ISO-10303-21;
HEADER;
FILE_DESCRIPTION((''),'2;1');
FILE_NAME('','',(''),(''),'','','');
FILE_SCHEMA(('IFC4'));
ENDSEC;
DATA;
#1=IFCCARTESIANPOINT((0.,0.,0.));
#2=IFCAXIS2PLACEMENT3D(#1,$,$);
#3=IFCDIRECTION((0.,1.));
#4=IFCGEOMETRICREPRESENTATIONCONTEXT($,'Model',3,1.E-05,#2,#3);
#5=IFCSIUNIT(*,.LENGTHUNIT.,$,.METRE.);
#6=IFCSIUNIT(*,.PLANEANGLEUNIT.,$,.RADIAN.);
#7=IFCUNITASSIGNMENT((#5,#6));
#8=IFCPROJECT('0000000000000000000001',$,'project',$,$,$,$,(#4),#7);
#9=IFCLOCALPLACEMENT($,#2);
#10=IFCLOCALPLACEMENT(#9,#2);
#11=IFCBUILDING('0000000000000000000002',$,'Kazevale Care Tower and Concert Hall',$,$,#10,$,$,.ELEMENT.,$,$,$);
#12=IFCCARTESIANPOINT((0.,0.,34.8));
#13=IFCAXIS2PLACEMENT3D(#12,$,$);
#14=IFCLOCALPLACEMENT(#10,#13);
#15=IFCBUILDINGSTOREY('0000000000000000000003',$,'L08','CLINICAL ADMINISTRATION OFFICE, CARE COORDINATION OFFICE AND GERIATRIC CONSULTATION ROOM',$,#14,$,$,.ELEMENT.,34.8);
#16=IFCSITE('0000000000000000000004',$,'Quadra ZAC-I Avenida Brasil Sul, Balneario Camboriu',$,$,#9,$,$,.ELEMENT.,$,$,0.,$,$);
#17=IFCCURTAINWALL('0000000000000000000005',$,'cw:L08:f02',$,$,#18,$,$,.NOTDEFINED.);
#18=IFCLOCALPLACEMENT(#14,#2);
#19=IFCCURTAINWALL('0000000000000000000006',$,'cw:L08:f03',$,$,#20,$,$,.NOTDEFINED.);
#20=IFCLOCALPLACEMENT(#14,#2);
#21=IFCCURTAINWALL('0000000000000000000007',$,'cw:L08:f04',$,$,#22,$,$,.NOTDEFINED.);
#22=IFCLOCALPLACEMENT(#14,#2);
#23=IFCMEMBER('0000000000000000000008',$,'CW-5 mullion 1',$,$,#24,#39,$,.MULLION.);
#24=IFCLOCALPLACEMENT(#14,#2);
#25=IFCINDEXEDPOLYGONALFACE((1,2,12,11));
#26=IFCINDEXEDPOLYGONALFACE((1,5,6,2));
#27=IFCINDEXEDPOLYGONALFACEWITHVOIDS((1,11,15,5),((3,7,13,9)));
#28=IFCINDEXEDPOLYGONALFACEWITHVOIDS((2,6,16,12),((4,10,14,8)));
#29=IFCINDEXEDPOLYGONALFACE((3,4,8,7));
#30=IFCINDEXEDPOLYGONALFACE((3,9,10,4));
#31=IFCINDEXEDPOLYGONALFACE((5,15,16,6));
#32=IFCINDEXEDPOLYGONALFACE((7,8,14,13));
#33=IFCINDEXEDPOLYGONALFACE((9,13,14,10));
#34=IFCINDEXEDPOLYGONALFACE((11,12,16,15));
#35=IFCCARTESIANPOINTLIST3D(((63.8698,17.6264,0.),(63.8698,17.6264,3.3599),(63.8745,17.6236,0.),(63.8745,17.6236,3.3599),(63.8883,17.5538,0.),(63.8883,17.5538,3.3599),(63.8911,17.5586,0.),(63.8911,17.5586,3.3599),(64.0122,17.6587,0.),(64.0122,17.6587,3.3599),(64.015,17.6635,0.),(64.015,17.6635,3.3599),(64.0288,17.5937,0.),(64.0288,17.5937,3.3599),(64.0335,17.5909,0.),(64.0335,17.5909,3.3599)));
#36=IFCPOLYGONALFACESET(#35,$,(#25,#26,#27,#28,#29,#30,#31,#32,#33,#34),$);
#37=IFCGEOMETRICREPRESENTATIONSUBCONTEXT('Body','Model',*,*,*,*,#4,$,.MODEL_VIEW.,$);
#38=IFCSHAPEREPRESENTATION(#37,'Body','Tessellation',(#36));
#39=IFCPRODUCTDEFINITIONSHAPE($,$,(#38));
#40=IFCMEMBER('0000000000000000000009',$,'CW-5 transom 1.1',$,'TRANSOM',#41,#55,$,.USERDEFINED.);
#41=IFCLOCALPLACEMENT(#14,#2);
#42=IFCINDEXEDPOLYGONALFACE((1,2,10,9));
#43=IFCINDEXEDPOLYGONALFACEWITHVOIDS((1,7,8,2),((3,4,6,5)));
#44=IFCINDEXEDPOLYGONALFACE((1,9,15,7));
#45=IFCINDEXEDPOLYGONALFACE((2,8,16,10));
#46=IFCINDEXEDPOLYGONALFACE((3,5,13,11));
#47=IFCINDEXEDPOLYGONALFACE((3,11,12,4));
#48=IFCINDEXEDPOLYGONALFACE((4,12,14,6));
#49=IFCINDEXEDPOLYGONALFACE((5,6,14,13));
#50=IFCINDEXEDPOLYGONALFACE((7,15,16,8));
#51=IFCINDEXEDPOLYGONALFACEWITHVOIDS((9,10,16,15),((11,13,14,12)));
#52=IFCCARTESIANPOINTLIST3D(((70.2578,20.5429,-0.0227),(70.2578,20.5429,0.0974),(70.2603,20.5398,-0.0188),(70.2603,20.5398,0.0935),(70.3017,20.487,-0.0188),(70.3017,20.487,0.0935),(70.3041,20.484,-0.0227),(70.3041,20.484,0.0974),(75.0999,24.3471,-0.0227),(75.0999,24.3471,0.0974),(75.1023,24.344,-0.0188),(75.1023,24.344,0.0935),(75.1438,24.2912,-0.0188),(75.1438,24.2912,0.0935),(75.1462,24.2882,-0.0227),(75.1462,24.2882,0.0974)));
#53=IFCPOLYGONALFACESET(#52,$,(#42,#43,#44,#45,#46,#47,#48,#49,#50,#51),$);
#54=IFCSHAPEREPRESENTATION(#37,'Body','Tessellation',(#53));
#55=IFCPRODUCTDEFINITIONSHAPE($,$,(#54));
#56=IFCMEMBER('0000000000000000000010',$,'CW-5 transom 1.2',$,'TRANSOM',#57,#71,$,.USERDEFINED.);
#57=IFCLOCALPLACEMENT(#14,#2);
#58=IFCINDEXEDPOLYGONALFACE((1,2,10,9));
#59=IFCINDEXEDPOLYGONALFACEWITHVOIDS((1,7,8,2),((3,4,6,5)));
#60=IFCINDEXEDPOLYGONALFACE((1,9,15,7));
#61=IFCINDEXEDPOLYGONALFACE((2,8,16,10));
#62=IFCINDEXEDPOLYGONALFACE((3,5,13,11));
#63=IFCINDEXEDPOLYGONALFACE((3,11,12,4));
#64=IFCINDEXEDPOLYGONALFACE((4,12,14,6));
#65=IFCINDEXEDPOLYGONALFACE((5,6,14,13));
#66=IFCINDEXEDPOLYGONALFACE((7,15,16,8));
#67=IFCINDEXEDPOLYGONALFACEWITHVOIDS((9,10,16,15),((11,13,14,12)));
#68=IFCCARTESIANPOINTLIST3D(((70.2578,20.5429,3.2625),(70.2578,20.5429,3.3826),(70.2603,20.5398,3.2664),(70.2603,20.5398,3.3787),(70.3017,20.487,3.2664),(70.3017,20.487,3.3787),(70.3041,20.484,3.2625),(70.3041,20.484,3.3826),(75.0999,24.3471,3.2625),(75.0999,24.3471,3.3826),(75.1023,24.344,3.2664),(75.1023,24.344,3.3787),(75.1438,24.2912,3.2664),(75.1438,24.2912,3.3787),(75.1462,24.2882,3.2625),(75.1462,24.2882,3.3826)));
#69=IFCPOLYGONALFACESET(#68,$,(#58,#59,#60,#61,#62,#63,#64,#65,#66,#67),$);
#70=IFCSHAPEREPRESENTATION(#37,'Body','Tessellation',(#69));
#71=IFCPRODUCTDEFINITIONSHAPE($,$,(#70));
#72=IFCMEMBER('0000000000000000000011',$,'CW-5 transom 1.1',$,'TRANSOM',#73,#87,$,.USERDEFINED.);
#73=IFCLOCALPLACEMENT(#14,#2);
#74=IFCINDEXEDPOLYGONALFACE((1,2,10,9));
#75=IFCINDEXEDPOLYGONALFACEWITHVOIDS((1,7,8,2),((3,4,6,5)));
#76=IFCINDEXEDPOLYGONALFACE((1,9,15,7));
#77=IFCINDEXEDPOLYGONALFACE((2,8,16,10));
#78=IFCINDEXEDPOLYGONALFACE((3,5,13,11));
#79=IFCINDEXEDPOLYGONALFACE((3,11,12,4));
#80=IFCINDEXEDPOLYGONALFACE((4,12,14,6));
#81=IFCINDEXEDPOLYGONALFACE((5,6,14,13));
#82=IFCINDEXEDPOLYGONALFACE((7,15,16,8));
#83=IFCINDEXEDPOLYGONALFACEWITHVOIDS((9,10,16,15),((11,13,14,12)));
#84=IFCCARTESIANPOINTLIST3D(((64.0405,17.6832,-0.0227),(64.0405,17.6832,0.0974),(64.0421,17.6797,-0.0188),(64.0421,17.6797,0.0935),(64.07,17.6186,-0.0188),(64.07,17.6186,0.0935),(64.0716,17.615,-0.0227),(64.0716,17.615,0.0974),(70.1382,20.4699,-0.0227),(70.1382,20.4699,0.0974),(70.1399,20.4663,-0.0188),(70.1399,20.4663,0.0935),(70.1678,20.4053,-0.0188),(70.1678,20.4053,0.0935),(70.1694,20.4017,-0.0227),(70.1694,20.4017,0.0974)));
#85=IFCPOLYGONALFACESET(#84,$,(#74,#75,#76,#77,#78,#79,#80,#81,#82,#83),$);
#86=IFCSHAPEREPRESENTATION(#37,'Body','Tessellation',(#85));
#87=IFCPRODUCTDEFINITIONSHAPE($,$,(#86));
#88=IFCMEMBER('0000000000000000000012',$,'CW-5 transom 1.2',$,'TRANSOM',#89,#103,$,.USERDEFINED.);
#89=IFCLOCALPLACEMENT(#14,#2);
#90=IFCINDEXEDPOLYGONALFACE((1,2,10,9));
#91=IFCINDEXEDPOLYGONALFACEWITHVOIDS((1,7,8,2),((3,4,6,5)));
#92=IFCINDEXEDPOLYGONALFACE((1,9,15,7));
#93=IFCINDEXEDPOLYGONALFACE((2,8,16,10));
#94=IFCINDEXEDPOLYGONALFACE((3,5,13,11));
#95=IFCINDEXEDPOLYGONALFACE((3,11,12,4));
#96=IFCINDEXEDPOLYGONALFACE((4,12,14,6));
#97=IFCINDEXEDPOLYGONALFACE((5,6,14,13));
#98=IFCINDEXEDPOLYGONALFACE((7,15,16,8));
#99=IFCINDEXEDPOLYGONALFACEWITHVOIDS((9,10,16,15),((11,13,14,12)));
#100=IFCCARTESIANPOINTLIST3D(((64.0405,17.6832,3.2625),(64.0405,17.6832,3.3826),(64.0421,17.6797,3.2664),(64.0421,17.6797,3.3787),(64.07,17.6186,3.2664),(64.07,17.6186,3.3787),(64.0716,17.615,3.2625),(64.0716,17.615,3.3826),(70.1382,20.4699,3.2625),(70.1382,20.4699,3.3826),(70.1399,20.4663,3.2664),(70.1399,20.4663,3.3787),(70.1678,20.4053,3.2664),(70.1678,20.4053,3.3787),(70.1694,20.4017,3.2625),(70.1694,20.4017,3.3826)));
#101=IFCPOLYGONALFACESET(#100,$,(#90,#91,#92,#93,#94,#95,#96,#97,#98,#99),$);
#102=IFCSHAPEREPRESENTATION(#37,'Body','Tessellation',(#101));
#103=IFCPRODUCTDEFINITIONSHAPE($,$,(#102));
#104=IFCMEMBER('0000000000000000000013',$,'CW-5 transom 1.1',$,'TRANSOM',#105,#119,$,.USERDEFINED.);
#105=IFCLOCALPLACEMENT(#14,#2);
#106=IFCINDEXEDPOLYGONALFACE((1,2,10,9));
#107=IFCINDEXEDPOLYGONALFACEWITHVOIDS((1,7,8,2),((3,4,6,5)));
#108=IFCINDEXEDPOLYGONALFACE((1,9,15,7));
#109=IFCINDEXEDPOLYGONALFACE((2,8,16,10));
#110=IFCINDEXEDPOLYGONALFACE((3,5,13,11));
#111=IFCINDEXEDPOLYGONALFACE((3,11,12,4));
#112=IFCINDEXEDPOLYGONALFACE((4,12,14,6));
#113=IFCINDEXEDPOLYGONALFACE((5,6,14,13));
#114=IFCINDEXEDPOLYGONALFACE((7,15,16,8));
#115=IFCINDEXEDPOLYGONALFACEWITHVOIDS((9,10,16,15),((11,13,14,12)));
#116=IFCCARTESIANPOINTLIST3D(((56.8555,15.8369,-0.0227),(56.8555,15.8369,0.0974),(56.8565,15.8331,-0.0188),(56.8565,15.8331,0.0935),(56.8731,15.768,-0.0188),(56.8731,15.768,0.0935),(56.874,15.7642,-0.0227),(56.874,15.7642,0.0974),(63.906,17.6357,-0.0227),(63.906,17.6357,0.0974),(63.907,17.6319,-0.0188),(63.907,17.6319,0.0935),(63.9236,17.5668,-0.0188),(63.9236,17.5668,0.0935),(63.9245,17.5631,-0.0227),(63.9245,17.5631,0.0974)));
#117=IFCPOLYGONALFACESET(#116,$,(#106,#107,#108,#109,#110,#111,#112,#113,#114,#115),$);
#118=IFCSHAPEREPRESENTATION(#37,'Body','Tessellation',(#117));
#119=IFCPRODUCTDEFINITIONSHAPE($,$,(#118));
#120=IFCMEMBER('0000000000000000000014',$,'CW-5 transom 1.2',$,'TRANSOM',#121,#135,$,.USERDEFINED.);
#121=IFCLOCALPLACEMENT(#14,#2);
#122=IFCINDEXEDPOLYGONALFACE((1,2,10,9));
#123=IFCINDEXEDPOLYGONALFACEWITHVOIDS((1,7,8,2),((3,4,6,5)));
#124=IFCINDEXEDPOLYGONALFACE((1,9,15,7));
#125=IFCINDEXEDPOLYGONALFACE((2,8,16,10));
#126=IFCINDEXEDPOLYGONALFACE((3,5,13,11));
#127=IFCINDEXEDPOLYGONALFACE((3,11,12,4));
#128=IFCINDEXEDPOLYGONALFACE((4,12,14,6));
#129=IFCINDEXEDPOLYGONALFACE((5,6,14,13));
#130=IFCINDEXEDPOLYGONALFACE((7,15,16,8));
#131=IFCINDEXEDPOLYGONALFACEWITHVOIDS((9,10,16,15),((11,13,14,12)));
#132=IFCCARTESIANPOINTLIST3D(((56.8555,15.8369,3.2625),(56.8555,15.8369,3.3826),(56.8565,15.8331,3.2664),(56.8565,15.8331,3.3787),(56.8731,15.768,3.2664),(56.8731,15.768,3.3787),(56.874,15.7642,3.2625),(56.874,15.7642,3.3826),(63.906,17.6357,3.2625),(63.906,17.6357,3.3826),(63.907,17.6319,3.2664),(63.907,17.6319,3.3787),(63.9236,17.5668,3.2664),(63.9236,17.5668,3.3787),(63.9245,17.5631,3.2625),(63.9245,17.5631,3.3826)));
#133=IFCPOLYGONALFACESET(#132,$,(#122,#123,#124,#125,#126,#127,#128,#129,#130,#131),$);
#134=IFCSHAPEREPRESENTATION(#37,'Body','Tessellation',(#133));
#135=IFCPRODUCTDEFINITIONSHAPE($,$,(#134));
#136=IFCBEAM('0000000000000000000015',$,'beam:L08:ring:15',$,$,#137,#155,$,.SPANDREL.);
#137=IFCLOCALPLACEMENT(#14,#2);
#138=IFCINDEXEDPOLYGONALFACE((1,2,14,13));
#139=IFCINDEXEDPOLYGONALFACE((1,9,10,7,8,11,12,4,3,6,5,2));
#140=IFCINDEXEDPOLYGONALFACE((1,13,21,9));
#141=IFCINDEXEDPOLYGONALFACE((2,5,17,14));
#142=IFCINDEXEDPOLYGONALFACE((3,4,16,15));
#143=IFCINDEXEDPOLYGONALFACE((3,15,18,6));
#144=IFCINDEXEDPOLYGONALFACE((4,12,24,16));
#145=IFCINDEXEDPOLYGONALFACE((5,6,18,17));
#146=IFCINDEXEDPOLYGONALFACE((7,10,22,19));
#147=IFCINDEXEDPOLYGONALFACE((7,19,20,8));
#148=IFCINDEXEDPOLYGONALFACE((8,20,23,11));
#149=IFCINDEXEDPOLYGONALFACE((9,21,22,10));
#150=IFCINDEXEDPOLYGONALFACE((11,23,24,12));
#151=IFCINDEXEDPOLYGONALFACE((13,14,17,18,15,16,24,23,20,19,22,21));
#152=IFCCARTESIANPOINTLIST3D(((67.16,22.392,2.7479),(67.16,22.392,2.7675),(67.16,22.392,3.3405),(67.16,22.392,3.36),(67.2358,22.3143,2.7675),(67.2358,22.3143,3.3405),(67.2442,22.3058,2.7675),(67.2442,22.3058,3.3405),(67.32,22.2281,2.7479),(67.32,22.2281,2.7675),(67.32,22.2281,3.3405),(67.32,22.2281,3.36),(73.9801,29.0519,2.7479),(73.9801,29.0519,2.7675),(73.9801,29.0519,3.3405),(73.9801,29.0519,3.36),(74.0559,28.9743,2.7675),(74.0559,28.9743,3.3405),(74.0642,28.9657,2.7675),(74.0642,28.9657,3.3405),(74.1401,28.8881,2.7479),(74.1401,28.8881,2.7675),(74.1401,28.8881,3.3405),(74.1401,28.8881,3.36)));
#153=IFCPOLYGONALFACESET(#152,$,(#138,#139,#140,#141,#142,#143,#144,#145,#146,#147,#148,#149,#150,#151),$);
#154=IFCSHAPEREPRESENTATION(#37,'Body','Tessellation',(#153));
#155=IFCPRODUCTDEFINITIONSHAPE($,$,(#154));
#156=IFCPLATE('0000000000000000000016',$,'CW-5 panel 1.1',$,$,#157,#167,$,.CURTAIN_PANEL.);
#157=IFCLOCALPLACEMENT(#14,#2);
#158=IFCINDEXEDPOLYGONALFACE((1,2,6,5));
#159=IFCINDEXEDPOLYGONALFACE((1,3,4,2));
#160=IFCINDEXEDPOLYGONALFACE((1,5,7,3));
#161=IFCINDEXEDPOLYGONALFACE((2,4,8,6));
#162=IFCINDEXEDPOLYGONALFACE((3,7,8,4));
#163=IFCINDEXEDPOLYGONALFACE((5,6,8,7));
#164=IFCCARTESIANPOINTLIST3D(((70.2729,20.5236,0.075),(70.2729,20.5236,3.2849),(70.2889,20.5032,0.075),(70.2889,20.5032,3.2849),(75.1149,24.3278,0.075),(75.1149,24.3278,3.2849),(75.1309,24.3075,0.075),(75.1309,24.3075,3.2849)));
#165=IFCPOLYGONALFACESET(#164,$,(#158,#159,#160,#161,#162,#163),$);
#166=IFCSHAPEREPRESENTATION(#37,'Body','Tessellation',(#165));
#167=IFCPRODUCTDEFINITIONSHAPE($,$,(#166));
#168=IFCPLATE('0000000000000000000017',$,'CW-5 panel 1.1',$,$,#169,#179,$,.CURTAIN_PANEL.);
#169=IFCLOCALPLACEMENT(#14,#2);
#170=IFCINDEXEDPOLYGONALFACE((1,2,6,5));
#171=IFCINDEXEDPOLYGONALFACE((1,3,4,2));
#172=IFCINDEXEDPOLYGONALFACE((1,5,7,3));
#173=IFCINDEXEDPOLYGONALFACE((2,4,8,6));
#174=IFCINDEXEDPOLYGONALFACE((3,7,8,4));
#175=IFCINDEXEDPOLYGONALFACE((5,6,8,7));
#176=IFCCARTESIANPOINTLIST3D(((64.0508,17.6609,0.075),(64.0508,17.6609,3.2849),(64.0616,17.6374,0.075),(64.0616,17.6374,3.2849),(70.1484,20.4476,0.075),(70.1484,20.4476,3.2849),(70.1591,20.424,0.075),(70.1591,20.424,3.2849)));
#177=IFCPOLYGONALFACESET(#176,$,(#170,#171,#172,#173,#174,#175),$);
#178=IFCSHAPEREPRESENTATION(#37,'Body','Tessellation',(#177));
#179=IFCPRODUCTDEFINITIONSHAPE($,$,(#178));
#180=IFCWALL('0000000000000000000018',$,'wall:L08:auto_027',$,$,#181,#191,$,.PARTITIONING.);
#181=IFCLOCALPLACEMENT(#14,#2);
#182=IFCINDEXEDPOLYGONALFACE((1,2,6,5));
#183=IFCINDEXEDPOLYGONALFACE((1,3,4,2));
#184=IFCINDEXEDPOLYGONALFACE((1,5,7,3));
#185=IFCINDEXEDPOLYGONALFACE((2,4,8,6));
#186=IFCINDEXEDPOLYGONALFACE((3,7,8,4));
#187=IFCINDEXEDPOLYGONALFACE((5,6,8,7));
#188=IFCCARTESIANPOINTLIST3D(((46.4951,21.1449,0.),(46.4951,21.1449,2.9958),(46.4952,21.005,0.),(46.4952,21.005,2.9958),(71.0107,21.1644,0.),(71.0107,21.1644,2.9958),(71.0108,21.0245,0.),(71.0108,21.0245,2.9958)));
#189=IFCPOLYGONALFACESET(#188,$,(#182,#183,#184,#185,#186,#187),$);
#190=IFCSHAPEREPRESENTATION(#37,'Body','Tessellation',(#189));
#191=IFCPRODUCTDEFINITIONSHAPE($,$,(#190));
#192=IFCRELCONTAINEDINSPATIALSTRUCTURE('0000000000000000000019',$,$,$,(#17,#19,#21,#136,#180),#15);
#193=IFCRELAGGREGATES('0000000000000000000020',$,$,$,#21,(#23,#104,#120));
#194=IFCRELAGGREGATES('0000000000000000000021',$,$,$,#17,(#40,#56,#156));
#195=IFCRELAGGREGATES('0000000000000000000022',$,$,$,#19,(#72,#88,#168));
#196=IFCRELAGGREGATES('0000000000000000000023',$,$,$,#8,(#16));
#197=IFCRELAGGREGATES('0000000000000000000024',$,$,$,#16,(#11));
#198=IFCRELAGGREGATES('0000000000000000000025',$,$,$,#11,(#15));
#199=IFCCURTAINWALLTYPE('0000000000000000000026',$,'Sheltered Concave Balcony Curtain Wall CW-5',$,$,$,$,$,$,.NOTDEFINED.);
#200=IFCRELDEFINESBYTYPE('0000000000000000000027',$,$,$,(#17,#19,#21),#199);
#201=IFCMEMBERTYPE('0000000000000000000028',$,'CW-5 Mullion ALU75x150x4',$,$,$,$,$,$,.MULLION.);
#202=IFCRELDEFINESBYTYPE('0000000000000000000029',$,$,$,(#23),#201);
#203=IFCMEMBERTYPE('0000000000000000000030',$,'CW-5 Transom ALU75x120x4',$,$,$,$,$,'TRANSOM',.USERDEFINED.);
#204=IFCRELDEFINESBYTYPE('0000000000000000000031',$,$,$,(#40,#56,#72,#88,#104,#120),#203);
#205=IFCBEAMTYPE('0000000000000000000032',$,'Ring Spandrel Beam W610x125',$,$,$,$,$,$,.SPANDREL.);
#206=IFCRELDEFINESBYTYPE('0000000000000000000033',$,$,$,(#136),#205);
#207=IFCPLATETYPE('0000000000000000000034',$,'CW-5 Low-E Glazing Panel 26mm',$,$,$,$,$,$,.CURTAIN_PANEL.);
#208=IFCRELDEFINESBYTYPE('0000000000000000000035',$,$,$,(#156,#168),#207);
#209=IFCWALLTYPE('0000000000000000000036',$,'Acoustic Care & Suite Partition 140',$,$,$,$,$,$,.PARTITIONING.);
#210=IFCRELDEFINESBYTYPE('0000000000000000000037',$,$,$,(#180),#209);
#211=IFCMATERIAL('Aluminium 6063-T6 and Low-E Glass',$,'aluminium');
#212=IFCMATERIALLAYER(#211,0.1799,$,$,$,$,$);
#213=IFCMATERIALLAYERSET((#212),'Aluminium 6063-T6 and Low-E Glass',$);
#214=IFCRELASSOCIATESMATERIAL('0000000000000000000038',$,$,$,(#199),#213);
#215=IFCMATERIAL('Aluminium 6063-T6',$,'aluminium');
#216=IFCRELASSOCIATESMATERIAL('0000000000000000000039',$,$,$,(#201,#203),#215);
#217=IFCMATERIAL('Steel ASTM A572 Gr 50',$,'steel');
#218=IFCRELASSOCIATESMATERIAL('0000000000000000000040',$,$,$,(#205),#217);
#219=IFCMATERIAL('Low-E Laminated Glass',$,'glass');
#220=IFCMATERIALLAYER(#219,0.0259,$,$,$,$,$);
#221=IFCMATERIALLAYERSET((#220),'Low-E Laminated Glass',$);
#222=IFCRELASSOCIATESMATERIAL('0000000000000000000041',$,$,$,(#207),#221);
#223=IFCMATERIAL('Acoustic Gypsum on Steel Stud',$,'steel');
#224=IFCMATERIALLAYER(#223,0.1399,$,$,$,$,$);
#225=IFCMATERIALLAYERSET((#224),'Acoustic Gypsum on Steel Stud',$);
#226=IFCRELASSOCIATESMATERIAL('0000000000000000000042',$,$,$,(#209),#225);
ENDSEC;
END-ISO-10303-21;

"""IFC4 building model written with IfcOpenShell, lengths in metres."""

from ifc_helpers import new_model, si_unit, direction, frame, frame_2d, origin, origin_2d, place, context, subcontext, project, spatial, rectangle, hollow_rectangle, i_section, extrude, material, layer, layer_set, material_profile, profile_set, type_object, element, aggregate, save


model = new_model("IFC4")

# Units and contexts
model_context = context("Model", 3, precision=1e-05, world=origin(), true_north=direction((0.0, 1.0)))
body_context = subcontext(model_context, "Body", "Model", "MODEL_VIEW")
ifc_project = project(units=[si_unit("LENGTHUNIT", "METRE"), si_unit("PLANEANGLEUNIT", "RADIAN")], contexts=[model_context])

# Site, building, storey
site_placement = place(None, origin())
site = spatial("IfcSite", under=ifc_project, at=site_placement, Name="Quadra ZAC-I Avenida Brasil Sul, Balneario Camboriu", CompositionType="ELEMENT", RefElevation=0.0)
building_placement = place(site_placement, origin())
building = spatial("IfcBuilding", under=site, at=building_placement, Name="Kazevale Care Tower and Concert Hall", CompositionType="ELEMENT")
storey_placement = place(building_placement, frame((0.0, 0.0, 34.8)))
storey = spatial("IfcBuildingStorey", under=building, at=storey_placement, Name="L08", Description="CLINICAL ADMINISTRATION OFFICE, CARE COORDINATION OFFICE AND GERIATRIC CONSULTATION ROOM", CompositionType="ELEMENT", Elevation=34.8)

# Shared definitions
ifc_material_1 = material(Name="Aluminium 6063-T6 and Low-E Glass", Category="aluminium")
ifc_material_2 = material(Name="Aluminium 6063-T6", Category="aluminium")

# Curtain walls
ifc_layer_1 = layer(ifc_material_1, 0.1799)
ifc_layer_set_1 = layer_set([ifc_layer_1], Name="Aluminium 6063-T6 and Low-E Glass")
curtain_wall_type_1 = type_object("IfcCurtainWallType", Name="Sheltered Concave Balcony Curtain Wall CW-5", PredefinedType="NOTDEFINED", material=ifc_layer_set_1)
curtain_wall_1_placement = place(storey_placement, origin())
curtain_wall_1 = element("IfcCurtainWall", 1, at=curtain_wall_1_placement, inside=storey, type_object=curtain_wall_type_1, Name="cw:L08:f02", PredefinedType="NOTDEFINED")
ifc_material_profile_1 = material_profile(ifc_material_2, hollow_rectangle(XDim=0.075, YDim=0.1499, WallThickness=0.0039, at=origin_2d()), Name="ALU75x150x4")
ifc_profile_set_1 = profile_set([ifc_material_profile_1], Name="Aluminium 6063-T6")
member_type_1 = type_object("IfcMemberType", Name="CW-5 Mullion ALU75x150x4", PredefinedType="MULLION", material=ifc_profile_set_1)
curtain_wall_2_placement = place(storey_placement, origin())
curtain_wall_2 = element("IfcCurtainWall", 2, at=curtain_wall_2_placement, inside=storey, type_object=curtain_wall_type_1, Name="cw:L08:f03", PredefinedType="NOTDEFINED")

# Curtain wall, member
curtain_wall_3_placement = place(storey_placement, origin())
curtain_wall_3 = element("IfcCurtainWall", 3, at=curtain_wall_3_placement, inside=storey, type_object=curtain_wall_type_1, Name="cw:L08:f04", PredefinedType="NOTDEFINED")
member_1_placement = place(storey_placement, frame((63.9517, 17.6086, 0.0), z_axis=(0.0, 0.0, 1.0), x_axis=(0.247222, -0.968959, 0.0)))
member_1 = element("IfcMember", 4, at=member_1_placement, type_object=member_type_1, Name="CW-5 mullion 1", PredefinedType="MULLION", context=body_context, shape_type="SweptSolid", body=[
    extrude(hollow_rectangle(XDim=0.075, YDim=0.1499, WallThickness=0.0039, at=origin_2d()), origin(), (0.0, 0.0, 1.0), 3.3599),
])

# Members
ifc_material_profile_2 = material_profile(ifc_material_2, hollow_rectangle(XDim=0.075, YDim=0.1201, WallThickness=0.0039, at=origin_2d()), Name="ALU75x120x4")
ifc_profile_set_2 = profile_set([ifc_material_profile_2], Name="Aluminium 6063-T6")
member_type_2 = type_object("IfcMemberType", Name="CW-5 Transom ALU75x120x4", ElementType="TRANSOM", PredefinedType="USERDEFINED", material=ifc_profile_set_2)
member_2_placement = place(storey_placement, frame((75.123, 24.3176, 0.0374), z_axis=(-0.786339, -0.617795, 0.0), x_axis=(0.617795, -0.786339, 0.0)))
member_2 = element("IfcMember", 5, at=member_2_placement, type_object=member_type_2, Name="CW-5 transom 1.1", ObjectType="TRANSOM", PredefinedType="USERDEFINED", context=body_context, shape_type="SweptSolid", body=[
    extrude(hollow_rectangle(XDim=0.075, YDim=0.1201, WallThickness=0.0039, at=origin_2d()), origin(), (0.0, 0.0, 1.0), 6.1577),
])
member_3_placement = place(storey_placement, frame((75.123, 24.3176, 3.3225), z_axis=(-0.786339, -0.617795, 0.0), x_axis=(0.617795, -0.786339, 0.0)))
member_3 = element("IfcMember", 6, at=member_3_placement, type_object=member_type_2, Name="CW-5 transom 1.2", ObjectType="TRANSOM", PredefinedType="USERDEFINED", context=body_context, shape_type="SweptSolid", body=[
    extrude(hollow_rectangle(XDim=0.075, YDim=0.1201, WallThickness=0.0039, at=origin_2d()), origin(), (0.0, 0.0, 1.0), 6.1577),
])
member_4_placement = place(storey_placement, frame((70.1538, 20.4358, 0.0374), z_axis=(-0.909524, -0.415651, 0.0), x_axis=(0.415651, -0.909524, 0.0)))
member_4 = element("IfcMember", 7, at=member_4_placement, type_object=member_type_2, Name="CW-5 transom 1.1", ObjectType="TRANSOM", PredefinedType="USERDEFINED", context=body_context, shape_type="SweptSolid", body=[
    extrude(hollow_rectangle(XDim=0.075, YDim=0.1201, WallThickness=0.0039, at=origin_2d()), origin(), (0.0, 0.0, 1.0), 6.7043),
])
member_5_placement = place(storey_placement, frame((70.1538, 20.4358, 3.3225), z_axis=(-0.909524, -0.415651, 0.0), x_axis=(0.415651, -0.909524, 0.0)))
member_5 = element("IfcMember", 8, at=member_5_placement, type_object=member_type_2, Name="CW-5 transom 1.2", ObjectType="TRANSOM", PredefinedType="USERDEFINED", context=body_context, shape_type="SweptSolid", body=[
    extrude(hollow_rectangle(XDim=0.075, YDim=0.1201, WallThickness=0.0039, at=origin_2d()), origin(), (0.0, 0.0, 1.0), 6.7043),
])
member_6_placement = place(storey_placement, frame((63.9153, 17.5994, 0.0374), z_axis=(-0.968961, -0.247214, 0.0), x_axis=(0.247214, -0.968961, 0.0)))
member_6 = element("IfcMember", 9, at=member_6_placement, type_object=member_type_2, Name="CW-5 transom 1.1", ObjectType="TRANSOM", PredefinedType="USERDEFINED", context=body_context, shape_type="SweptSolid", body=[
    extrude(hollow_rectangle(XDim=0.075, YDim=0.1201, WallThickness=0.0039, at=origin_2d()), origin(), (0.0, 0.0, 1.0), 7.2764),
])
member_7_placement = place(storey_placement, frame((63.9153, 17.5994, 3.3225), z_axis=(-0.968961, -0.247214, 0.0), x_axis=(0.247214, -0.968961, 0.0)))
member_7 = element("IfcMember", 10, at=member_7_placement, type_object=member_type_2, Name="CW-5 transom 1.2", ObjectType="TRANSOM", PredefinedType="USERDEFINED", context=body_context, shape_type="SweptSolid", body=[
    extrude(hollow_rectangle(XDim=0.075, YDim=0.1201, WallThickness=0.0039, at=origin_2d()), origin(), (0.0, 0.0, 1.0), 7.2764),
])
aggregate(curtain_wall_3, [member_1, member_6, member_7])

# Beam
ifc_material_3 = material(Name="Steel ASTM A572 Gr 50", Category="steel")
ifc_material_profile_3 = material_profile(ifc_material_3, i_section(OverallWidth=0.229, OverallDepth=0.6121, WebThickness=0.012, FlangeThickness=0.0195, at=origin_2d()), Name="W610x125")
ifc_profile_set_3 = profile_set([ifc_material_profile_3], Name="Steel ASTM A572 Gr 50")
beam_type = type_object("IfcBeamType", Name="Ring Spandrel Beam W610x125", PredefinedType="SPANDREL", material=ifc_profile_set_3)
beam_placement = place(storey_placement, frame((67.24, 22.3101, 3.054), z_axis=(0.715457, 0.698656, 0.0), x_axis=(-0.698656, 0.715457, 0.0)))
element("IfcBeam", 11, at=beam_placement, inside=storey, type_object=beam_type, Name="beam:L08:ring:15", PredefinedType="SPANDREL", context=body_context, shape_type="SweptSolid", body=[
    extrude(i_section(OverallWidth=0.229, OverallDepth=0.6121, WebThickness=0.012, FlangeThickness=0.0195, at=origin_2d()), origin(), (0.0, 0.0, 1.0), 9.5325),
])

# Plates
ifc_material_4 = material(Name="Low-E Laminated Glass", Category="glass")
ifc_layer_2 = layer(ifc_material_4, 0.0259)
ifc_layer_set_2 = layer_set([ifc_layer_2], Name="Low-E Laminated Glass")
plate_type = type_object("IfcPlateType", Name="CW-5 Low-E Glazing Panel 26mm", PredefinedType="CURTAIN_PANEL", material=ifc_layer_set_2)
plate_1_placement = place(storey_placement, frame((72.7019, 22.4155, 0.075), z_axis=(0.0, 0.0, 1.0), x_axis=(-0.786329, -0.617808, 0.0)))
plate_1 = element("IfcPlate", 12, at=plate_1_placement, type_object=plate_type, Name="CW-5 panel 1.1", PredefinedType="CURTAIN_PANEL", context=body_context, shape_type="SweptSolid", body=[
    extrude(rectangle(XDim=6.1577, YDim=0.0259, at=origin_2d()), origin(), (0.0, 0.0, 1.0), 3.21),
])
aggregate(curtain_wall_1, [member_2, member_3, plate_1])
plate_2_placement = place(storey_placement, frame((67.105, 19.0425, 0.075), z_axis=(0.0, 0.0, 1.0), x_axis=(-0.90952, -0.41566, 0.0)))
plate_2 = element("IfcPlate", 13, at=plate_2_placement, type_object=plate_type, Name="CW-5 panel 1.1", PredefinedType="CURTAIN_PANEL", context=body_context, shape_type="SweptSolid", body=[
    extrude(rectangle(XDim=6.7041, YDim=0.0259, at=origin_2d()), origin(), (0.0, 0.0, 1.0), 3.21),
])
aggregate(curtain_wall_2, [member_4, member_5, plate_2])

# Wall
ifc_material_5 = material(Name="Acoustic Gypsum on Steel Stud", Category="steel")
ifc_layer_3 = layer(ifc_material_5, 0.1399)
ifc_layer_set_3 = layer_set([ifc_layer_3], Name="Acoustic Gypsum on Steel Stud")
wall_type = type_object("IfcWallType", Name="Acoustic Care & Suite Partition 140", PredefinedType="PARTITIONING", material=ifc_layer_set_3)
wall_placement = place(storey_placement, frame((71.0107, 21.0945, 0.0), z_axis=(0.0, 0.0, 1.0), x_axis=(-1.0, -0.000797, 0.0)))
element("IfcWall", 14, at=wall_placement, inside=storey, type_object=wall_type, Name="wall:L08:auto_027", PredefinedType="PARTITIONING", context=body_context, shape_type="SweptSolid", body=[
    extrude(rectangle(XDim=24.5156, YDim=0.1399, at=frame_2d((12.2578, 0.0))), origin(), (0.0, 0.0, 1.0), 2.9958),
])

save(model, "model.ifc")
